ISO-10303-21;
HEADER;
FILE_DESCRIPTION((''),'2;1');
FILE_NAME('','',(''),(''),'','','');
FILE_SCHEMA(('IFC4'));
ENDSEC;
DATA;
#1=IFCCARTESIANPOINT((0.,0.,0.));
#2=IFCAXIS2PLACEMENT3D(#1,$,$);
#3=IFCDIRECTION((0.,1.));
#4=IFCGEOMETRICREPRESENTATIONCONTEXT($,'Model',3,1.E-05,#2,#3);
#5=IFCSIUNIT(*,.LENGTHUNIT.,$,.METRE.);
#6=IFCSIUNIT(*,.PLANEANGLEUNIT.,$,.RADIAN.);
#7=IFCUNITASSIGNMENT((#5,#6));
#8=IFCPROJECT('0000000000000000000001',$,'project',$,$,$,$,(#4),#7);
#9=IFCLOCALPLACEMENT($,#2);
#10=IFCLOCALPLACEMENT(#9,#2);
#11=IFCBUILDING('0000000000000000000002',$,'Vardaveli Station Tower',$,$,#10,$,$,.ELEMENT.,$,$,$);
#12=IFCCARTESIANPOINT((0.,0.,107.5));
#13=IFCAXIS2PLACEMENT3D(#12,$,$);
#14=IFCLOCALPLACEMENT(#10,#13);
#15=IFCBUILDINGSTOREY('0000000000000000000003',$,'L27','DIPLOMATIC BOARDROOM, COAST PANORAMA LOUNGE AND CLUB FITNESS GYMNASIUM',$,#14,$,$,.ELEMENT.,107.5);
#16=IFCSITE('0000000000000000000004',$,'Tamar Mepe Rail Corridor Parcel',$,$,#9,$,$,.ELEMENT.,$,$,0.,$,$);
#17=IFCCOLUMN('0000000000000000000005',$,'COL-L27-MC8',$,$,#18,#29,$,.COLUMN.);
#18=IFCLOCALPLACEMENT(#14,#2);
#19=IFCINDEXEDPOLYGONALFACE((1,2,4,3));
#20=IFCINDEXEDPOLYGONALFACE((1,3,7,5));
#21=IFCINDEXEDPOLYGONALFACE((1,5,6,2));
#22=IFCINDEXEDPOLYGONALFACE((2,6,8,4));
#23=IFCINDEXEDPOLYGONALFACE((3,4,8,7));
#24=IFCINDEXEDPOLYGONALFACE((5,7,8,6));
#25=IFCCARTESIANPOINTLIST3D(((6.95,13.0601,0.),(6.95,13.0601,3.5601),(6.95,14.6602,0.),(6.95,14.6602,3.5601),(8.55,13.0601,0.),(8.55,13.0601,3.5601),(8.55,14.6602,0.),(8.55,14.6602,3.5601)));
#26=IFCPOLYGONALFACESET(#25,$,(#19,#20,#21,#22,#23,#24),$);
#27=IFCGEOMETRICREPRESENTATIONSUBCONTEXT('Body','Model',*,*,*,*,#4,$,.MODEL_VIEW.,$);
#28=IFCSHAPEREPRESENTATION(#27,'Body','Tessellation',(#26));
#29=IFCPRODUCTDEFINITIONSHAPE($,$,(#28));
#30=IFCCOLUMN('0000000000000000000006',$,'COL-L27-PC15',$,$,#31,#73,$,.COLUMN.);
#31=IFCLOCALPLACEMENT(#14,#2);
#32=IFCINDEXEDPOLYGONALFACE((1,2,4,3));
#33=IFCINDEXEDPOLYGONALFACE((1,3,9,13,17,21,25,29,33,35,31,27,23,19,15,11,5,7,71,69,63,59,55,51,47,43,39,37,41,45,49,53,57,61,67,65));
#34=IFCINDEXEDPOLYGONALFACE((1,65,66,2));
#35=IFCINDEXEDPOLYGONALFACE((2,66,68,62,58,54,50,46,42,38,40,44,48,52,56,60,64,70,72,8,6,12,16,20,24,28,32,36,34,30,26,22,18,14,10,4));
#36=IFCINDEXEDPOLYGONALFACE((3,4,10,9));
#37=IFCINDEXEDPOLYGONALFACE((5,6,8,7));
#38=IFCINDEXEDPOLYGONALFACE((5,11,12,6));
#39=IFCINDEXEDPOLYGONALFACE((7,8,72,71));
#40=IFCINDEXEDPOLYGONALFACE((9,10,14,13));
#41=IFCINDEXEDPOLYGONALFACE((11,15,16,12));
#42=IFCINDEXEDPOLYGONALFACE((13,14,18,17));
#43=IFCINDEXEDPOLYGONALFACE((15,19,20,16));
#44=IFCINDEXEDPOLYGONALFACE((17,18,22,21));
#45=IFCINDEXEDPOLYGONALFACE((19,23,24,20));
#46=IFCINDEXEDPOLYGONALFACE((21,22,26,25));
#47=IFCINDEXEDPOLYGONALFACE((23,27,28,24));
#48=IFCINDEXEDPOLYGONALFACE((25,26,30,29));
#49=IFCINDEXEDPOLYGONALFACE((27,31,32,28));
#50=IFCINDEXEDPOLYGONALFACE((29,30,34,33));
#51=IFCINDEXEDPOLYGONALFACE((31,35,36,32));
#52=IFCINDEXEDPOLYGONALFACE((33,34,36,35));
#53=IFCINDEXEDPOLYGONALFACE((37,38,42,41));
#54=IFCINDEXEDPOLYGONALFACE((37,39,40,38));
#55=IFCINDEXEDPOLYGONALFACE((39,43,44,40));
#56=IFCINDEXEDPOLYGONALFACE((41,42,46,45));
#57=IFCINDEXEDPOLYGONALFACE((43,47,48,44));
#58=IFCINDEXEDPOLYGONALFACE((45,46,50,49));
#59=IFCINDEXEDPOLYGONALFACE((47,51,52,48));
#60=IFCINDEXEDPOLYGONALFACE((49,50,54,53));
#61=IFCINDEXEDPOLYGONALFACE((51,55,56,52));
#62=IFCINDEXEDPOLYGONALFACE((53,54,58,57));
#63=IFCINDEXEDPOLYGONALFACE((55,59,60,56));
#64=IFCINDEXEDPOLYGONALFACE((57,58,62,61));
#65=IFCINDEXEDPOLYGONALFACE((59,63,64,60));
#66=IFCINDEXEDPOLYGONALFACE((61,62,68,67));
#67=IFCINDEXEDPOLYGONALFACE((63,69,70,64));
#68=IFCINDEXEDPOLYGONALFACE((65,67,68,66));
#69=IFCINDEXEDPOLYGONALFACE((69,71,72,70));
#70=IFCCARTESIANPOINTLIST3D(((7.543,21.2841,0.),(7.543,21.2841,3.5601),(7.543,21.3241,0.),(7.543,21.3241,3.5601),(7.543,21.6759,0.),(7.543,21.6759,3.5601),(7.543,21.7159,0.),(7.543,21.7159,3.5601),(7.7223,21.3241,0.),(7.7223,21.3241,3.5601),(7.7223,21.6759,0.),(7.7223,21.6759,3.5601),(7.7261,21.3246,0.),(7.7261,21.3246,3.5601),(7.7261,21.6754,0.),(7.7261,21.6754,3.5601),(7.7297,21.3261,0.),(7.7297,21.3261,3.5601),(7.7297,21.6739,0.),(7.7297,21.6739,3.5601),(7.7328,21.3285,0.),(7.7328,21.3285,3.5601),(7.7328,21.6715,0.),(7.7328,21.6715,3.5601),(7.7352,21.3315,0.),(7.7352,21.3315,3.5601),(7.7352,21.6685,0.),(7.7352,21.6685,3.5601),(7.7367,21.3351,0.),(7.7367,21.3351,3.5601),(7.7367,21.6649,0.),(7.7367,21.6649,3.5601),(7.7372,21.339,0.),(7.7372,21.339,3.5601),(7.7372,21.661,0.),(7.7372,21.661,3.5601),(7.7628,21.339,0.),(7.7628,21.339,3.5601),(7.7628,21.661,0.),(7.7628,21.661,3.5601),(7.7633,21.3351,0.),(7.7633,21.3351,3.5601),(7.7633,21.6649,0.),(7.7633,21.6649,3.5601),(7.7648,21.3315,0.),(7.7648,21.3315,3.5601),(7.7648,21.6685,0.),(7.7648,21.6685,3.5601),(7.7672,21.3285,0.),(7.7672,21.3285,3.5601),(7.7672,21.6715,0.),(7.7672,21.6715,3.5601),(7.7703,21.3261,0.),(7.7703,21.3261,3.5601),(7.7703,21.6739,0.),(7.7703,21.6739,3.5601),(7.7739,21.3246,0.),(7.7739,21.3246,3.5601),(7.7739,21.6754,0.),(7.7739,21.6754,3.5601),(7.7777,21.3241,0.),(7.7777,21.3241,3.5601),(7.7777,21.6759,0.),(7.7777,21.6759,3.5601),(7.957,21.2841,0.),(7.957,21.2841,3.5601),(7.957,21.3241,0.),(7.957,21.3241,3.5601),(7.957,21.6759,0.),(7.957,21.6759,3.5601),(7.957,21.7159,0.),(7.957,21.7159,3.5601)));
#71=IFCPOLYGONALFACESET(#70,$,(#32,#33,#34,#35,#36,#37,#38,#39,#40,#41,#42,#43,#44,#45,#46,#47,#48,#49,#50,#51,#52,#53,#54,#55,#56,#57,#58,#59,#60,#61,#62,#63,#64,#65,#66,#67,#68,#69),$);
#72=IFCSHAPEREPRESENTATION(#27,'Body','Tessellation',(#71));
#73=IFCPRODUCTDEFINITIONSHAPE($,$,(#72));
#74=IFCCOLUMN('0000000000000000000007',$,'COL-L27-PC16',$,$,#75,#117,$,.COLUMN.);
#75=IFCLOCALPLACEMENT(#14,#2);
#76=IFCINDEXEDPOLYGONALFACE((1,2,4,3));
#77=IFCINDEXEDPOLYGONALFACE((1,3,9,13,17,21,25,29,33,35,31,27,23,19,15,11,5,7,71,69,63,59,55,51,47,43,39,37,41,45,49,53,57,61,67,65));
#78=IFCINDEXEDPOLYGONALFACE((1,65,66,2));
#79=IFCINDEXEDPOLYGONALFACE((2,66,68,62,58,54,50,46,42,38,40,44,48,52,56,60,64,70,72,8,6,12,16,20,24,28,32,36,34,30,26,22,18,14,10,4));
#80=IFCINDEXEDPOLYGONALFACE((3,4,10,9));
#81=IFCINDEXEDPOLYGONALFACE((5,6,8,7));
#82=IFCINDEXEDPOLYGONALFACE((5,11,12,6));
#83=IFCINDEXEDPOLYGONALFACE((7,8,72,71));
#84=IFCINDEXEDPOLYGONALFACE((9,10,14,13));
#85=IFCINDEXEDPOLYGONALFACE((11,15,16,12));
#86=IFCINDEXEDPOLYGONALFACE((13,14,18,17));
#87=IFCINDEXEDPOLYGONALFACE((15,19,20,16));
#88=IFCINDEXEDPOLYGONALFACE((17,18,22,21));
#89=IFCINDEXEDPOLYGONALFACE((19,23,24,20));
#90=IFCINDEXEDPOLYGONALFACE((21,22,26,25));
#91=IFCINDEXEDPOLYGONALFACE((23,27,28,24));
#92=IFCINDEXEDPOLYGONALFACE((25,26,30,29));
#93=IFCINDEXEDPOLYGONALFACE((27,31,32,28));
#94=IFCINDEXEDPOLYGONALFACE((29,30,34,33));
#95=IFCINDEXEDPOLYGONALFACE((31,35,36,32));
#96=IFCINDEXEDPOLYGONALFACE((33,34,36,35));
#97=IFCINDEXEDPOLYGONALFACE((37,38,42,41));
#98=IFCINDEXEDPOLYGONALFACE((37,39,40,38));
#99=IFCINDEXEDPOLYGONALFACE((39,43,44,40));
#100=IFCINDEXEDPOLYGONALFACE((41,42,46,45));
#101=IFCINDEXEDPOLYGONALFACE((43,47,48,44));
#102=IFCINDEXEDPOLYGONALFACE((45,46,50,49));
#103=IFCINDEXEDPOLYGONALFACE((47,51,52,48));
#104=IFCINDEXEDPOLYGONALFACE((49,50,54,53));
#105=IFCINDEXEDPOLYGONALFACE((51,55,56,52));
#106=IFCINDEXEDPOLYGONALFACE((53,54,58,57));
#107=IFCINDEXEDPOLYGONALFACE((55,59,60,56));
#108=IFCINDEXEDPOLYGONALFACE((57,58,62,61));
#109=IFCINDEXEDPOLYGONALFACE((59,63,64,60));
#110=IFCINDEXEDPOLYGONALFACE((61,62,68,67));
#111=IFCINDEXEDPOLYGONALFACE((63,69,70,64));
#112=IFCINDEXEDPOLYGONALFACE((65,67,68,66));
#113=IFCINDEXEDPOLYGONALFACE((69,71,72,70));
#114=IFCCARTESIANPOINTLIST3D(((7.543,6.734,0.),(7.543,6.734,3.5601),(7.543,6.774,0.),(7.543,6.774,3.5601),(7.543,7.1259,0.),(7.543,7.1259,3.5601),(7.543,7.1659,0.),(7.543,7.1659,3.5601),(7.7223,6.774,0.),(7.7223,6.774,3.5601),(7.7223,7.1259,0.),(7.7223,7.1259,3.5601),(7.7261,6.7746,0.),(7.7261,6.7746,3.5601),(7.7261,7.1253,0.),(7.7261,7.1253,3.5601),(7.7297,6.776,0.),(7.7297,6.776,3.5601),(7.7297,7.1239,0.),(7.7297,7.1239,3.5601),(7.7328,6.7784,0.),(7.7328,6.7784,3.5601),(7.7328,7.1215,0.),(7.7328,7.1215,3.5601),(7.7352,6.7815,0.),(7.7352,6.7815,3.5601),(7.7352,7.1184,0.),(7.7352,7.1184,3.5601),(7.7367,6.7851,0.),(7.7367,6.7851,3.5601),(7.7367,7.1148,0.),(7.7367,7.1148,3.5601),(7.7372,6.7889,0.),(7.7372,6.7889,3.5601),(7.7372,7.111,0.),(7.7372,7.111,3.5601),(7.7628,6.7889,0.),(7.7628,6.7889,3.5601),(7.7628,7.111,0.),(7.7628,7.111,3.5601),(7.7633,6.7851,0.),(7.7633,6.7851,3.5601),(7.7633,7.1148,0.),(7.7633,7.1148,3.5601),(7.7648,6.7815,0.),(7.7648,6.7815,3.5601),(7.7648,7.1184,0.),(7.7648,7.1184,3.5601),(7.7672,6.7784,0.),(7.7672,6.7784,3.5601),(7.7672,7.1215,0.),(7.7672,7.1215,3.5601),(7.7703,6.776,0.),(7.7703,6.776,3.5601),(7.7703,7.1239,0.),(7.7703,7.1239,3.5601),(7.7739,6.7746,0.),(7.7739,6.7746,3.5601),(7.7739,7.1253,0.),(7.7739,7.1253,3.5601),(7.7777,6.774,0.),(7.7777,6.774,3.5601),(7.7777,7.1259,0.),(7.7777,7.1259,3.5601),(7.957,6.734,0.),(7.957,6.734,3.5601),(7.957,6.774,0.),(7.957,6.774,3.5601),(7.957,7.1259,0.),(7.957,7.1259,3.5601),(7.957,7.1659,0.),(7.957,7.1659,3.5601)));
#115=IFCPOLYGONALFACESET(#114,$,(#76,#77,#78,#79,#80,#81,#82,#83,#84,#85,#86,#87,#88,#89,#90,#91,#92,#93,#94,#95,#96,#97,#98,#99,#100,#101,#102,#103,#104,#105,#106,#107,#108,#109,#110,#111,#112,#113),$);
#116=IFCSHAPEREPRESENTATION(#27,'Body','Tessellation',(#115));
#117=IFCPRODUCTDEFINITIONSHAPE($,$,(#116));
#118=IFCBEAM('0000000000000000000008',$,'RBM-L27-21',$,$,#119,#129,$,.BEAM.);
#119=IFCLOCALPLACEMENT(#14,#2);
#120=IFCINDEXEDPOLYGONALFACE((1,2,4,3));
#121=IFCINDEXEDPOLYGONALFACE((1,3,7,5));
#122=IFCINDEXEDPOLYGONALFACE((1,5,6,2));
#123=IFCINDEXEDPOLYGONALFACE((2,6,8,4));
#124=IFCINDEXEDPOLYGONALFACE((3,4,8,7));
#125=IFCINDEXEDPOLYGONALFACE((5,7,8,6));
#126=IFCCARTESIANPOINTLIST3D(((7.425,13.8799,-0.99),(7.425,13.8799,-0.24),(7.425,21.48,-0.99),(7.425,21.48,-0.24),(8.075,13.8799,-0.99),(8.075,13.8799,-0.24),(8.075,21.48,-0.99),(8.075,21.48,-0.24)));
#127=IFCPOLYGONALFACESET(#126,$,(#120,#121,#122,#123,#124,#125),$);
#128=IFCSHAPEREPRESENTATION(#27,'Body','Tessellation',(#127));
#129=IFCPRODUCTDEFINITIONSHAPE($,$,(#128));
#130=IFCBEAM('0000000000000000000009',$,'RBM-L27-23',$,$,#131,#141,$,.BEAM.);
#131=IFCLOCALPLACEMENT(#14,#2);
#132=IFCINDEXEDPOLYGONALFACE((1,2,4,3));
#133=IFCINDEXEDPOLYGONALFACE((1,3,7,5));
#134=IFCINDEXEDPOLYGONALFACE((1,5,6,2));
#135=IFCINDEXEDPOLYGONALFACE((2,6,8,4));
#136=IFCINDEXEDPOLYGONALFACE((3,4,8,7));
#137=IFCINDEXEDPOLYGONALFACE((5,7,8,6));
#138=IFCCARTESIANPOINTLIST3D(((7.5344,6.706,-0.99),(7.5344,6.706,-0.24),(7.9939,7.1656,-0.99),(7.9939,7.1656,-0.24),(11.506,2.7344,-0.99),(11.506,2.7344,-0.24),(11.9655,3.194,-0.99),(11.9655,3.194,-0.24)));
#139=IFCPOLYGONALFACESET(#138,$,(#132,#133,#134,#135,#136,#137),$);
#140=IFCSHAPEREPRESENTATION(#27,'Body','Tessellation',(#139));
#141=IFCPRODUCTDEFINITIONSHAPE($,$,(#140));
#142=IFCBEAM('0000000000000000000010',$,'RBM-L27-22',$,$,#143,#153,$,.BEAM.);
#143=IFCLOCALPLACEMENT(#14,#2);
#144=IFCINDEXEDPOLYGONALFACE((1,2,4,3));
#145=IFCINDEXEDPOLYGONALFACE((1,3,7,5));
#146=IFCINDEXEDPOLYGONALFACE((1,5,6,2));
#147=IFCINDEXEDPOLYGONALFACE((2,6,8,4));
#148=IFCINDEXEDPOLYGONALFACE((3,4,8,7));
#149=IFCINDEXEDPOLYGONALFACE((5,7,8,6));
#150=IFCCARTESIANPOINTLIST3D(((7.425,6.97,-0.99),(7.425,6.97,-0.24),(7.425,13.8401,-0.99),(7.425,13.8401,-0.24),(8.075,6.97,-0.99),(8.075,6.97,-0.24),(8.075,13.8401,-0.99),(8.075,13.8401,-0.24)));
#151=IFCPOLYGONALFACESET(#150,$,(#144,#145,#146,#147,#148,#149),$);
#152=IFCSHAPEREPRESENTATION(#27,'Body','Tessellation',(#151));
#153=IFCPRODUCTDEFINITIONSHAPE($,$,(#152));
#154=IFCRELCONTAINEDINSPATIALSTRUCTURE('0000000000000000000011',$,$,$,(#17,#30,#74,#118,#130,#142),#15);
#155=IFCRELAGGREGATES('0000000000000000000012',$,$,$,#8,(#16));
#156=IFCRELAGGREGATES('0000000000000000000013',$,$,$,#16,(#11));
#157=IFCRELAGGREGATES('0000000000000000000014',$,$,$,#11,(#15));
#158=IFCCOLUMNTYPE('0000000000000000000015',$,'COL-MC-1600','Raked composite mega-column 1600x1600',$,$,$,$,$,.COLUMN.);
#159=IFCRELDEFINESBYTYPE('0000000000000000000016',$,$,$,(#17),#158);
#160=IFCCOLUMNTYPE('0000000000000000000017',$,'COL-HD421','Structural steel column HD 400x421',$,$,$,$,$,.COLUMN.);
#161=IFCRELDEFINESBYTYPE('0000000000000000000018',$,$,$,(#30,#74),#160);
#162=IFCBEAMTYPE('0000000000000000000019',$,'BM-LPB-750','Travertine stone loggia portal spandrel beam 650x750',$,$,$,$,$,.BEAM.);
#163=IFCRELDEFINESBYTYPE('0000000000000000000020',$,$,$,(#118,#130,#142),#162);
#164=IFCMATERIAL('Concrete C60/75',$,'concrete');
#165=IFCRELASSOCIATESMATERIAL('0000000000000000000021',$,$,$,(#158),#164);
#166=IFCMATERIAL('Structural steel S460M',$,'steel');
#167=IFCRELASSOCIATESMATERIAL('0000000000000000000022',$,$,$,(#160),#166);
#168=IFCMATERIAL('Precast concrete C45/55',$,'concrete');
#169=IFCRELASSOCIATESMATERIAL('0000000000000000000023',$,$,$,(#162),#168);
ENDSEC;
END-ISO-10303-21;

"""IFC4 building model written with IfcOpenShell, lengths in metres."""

from ifc_helpers import new_model, si_unit, direction, frame, origin, origin_2d, place, context, subcontext, project, spatial, rectangle, i_section, extrude, source, transform, mapped, material, material_profile, profile_set, type_object, element, save


model = new_model("IFC4")

# Units and contexts
model_context = context("Model", 3, precision=1e-05, world=origin(), true_north=direction((0.0, 1.0)))
body_context = subcontext(model_context, "Body", "Model", "MODEL_VIEW")
ifc_project = project(units=[si_unit("LENGTHUNIT", "METRE"), si_unit("PLANEANGLEUNIT", "RADIAN")], contexts=[model_context])

# Site, building, storey
site_placement = place(None, origin())
site = spatial("IfcSite", under=ifc_project, at=site_placement, Name="Tamar Mepe Rail Corridor Parcel", CompositionType="ELEMENT", RefElevation=0.0)
building_placement = place(site_placement, origin())
building = spatial("IfcBuilding", under=site, at=building_placement, Name="Vardaveli Station Tower", CompositionType="ELEMENT")
storey_placement = place(building_placement, frame((0.0, 0.0, 107.5)))
storey = spatial("IfcBuildingStorey", under=building, at=storey_placement, Name="L27", Description="DIPLOMATIC BOARDROOM, COAST PANORAMA LOUNGE AND CLUB FITNESS GYMNASIUM", CompositionType="ELEMENT", Elevation=107.5)

# Columns
ifc_material_1 = material(Name="Concrete C60/75", Category="concrete")
ifc_material_profile_1 = material_profile(ifc_material_1, rectangle(XDim=1.6001, YDim=1.6001, at=origin_2d()), Name="MC 1600x1600")
ifc_profile_set_1 = profile_set([ifc_material_profile_1], Name="Concrete C60/75")
column_type_1 = type_object("IfcColumnType", Name="COL-MC-1600", Description="Raked composite mega-column 1600x1600", PredefinedType="COLUMN", material=ifc_profile_set_1)
shared_shape_1 = source(origin(), body_context, "Body", "SweptSolid", [
    extrude(rectangle(XDim=1.6001, YDim=1.6001, at=origin_2d()), origin(), (0.0, 0.0, 1.0), 3.5601),
])
column_placement = place(storey_placement, frame((7.75, 13.8601, 0.0), z_axis=(0.0, 0.0, 1.0), x_axis=(1.0, 0.0, 0.0)))
element("IfcColumn", 1, at=column_placement, inside=storey, type_object=column_type_1, Name="COL-L27-MC8", PredefinedType="COLUMN", context=body_context, shape_type="MappedRepresentation", body=[
    mapped(shared_shape_1, transform((0.0, 0.0, 0.0), scale=1.0)),
])
ifc_material_2 = material(Name="Structural steel S460M", Category="steel")
ifc_material_profile_2 = material_profile(ifc_material_2, i_section(OverallWidth=0.4141, OverallDepth=0.4319, WebThickness=0.0256, FlangeThickness=0.04, FilletRadius=0.0149, at=origin_2d()), Name="HD 400x421")
ifc_profile_set_2 = profile_set([ifc_material_profile_2], Name="Structural steel S460M")
column_type_2 = type_object("IfcColumnType", Name="COL-HD421", Description="Structural steel column HD 400x421", PredefinedType="COLUMN", material=ifc_profile_set_2)
shared_shape_2 = source(origin(), body_context, "Body", "SweptSolid", [
    extrude(i_section(OverallWidth=0.4141, OverallDepth=0.4319, WebThickness=0.0256, FlangeThickness=0.04, FilletRadius=0.0149, at=origin_2d()), origin(), (0.0, 0.0, 1.0), 3.5601),
])
for number, where, z_axis, x_axis, name in (
    (2, (7.75, 21.5, 0.0), (0.0, 0.0, 1.0), (1.0, 0.0, 0.0), "COL-L27-PC15"),
    (3, (7.75, 6.95, 0.0), (0.0, 0.0, 1.0), (1.0, 0.0, 0.0), "COL-L27-PC16"),
):
    element("IfcColumn", number, at=place(storey_placement, frame(where, z_axis=z_axis, x_axis=x_axis)), inside=storey, type_object=column_type_2, Name=name, PredefinedType="COLUMN", context=body_context, shape_type="MappedRepresentation", body=[
        mapped(shared_shape_2, transform((0.0, 0.0, 0.0), scale=1.0)),
    ])

# Beams
ifc_material_3 = material(Name="Precast concrete C45/55", Category="concrete")
ifc_material_profile_3 = material_profile(ifc_material_3, rectangle(XDim=0.6499, YDim=0.75, at=origin_2d()), Name="LPB 650x750")
ifc_profile_set_3 = profile_set([ifc_material_profile_3], Name="Precast concrete C45/55")
beam_type_1 = type_object("IfcBeamType", Name="BM-LPB-750", Description="Travertine stone loggia portal spandrel beam 650x750", PredefinedType="BEAM", material=ifc_profile_set_3)
shared_shape_3 = source(origin(), body_context, "Body", "SweptSolid", [
    extrude(rectangle(XDim=0.6499, YDim=0.75, at=origin_2d()), origin(), (0.0, 0.0, 1.0), 7.6001),
])
beam_1_placement = place(storey_placement, frame((7.75, 21.48, -0.615), z_axis=(0.0, -1.0, 0.0), x_axis=(1.0, 0.0, 0.0)))
element("IfcBeam", 4, at=beam_1_placement, inside=storey, type_object=beam_type_1, Name="RBM-L27-21", PredefinedType="BEAM", context=body_context, shape_type="MappedRepresentation", body=[
    mapped(shared_shape_3, transform((0.0, 0.0, 0.0), scale=1.0)),
])
shared_shape_4 = source(origin(), body_context, "Body", "SweptSolid", [
    extrude(rectangle(XDim=0.6499, YDim=0.75, at=origin_2d()), origin(), (0.0, 0.0, 1.0), 5.6167),
])
beam_2_placement = place(storey_placement, frame((7.7642, 6.9358, -0.615), z_axis=(0.707107, -0.707107, 0.0), x_axis=(0.707107, 0.707107, 0.0)))
element("IfcBeam", 5, at=beam_2_placement, inside=storey, type_object=beam_type_1, Name="RBM-L27-23", PredefinedType="BEAM", context=body_context, shape_type="MappedRepresentation", body=[
    mapped(shared_shape_4, transform((0.0, 0.0, 0.0), scale=1.0)),
])
shared_shape_5 = source(origin(), body_context, "Body", "SweptSolid", [
    extrude(rectangle(XDim=0.6499, YDim=0.75, at=origin_2d()), origin(), (0.0, 0.0, 1.0), 6.8701),
])
beam_3_placement = place(storey_placement, frame((7.75, 13.8401, -0.615), z_axis=(0.0, -1.0, 0.0), x_axis=(1.0, 0.0, 0.0)))
element("IfcBeam", 6, at=beam_3_placement, inside=storey, type_object=beam_type_1, Name="RBM-L27-22", PredefinedType="BEAM", context=body_context, shape_type="MappedRepresentation", body=[
    mapped(shared_shape_5, transform((0.0, 0.0, 0.0), scale=1.0)),
])

save(model, "model.ifc")
